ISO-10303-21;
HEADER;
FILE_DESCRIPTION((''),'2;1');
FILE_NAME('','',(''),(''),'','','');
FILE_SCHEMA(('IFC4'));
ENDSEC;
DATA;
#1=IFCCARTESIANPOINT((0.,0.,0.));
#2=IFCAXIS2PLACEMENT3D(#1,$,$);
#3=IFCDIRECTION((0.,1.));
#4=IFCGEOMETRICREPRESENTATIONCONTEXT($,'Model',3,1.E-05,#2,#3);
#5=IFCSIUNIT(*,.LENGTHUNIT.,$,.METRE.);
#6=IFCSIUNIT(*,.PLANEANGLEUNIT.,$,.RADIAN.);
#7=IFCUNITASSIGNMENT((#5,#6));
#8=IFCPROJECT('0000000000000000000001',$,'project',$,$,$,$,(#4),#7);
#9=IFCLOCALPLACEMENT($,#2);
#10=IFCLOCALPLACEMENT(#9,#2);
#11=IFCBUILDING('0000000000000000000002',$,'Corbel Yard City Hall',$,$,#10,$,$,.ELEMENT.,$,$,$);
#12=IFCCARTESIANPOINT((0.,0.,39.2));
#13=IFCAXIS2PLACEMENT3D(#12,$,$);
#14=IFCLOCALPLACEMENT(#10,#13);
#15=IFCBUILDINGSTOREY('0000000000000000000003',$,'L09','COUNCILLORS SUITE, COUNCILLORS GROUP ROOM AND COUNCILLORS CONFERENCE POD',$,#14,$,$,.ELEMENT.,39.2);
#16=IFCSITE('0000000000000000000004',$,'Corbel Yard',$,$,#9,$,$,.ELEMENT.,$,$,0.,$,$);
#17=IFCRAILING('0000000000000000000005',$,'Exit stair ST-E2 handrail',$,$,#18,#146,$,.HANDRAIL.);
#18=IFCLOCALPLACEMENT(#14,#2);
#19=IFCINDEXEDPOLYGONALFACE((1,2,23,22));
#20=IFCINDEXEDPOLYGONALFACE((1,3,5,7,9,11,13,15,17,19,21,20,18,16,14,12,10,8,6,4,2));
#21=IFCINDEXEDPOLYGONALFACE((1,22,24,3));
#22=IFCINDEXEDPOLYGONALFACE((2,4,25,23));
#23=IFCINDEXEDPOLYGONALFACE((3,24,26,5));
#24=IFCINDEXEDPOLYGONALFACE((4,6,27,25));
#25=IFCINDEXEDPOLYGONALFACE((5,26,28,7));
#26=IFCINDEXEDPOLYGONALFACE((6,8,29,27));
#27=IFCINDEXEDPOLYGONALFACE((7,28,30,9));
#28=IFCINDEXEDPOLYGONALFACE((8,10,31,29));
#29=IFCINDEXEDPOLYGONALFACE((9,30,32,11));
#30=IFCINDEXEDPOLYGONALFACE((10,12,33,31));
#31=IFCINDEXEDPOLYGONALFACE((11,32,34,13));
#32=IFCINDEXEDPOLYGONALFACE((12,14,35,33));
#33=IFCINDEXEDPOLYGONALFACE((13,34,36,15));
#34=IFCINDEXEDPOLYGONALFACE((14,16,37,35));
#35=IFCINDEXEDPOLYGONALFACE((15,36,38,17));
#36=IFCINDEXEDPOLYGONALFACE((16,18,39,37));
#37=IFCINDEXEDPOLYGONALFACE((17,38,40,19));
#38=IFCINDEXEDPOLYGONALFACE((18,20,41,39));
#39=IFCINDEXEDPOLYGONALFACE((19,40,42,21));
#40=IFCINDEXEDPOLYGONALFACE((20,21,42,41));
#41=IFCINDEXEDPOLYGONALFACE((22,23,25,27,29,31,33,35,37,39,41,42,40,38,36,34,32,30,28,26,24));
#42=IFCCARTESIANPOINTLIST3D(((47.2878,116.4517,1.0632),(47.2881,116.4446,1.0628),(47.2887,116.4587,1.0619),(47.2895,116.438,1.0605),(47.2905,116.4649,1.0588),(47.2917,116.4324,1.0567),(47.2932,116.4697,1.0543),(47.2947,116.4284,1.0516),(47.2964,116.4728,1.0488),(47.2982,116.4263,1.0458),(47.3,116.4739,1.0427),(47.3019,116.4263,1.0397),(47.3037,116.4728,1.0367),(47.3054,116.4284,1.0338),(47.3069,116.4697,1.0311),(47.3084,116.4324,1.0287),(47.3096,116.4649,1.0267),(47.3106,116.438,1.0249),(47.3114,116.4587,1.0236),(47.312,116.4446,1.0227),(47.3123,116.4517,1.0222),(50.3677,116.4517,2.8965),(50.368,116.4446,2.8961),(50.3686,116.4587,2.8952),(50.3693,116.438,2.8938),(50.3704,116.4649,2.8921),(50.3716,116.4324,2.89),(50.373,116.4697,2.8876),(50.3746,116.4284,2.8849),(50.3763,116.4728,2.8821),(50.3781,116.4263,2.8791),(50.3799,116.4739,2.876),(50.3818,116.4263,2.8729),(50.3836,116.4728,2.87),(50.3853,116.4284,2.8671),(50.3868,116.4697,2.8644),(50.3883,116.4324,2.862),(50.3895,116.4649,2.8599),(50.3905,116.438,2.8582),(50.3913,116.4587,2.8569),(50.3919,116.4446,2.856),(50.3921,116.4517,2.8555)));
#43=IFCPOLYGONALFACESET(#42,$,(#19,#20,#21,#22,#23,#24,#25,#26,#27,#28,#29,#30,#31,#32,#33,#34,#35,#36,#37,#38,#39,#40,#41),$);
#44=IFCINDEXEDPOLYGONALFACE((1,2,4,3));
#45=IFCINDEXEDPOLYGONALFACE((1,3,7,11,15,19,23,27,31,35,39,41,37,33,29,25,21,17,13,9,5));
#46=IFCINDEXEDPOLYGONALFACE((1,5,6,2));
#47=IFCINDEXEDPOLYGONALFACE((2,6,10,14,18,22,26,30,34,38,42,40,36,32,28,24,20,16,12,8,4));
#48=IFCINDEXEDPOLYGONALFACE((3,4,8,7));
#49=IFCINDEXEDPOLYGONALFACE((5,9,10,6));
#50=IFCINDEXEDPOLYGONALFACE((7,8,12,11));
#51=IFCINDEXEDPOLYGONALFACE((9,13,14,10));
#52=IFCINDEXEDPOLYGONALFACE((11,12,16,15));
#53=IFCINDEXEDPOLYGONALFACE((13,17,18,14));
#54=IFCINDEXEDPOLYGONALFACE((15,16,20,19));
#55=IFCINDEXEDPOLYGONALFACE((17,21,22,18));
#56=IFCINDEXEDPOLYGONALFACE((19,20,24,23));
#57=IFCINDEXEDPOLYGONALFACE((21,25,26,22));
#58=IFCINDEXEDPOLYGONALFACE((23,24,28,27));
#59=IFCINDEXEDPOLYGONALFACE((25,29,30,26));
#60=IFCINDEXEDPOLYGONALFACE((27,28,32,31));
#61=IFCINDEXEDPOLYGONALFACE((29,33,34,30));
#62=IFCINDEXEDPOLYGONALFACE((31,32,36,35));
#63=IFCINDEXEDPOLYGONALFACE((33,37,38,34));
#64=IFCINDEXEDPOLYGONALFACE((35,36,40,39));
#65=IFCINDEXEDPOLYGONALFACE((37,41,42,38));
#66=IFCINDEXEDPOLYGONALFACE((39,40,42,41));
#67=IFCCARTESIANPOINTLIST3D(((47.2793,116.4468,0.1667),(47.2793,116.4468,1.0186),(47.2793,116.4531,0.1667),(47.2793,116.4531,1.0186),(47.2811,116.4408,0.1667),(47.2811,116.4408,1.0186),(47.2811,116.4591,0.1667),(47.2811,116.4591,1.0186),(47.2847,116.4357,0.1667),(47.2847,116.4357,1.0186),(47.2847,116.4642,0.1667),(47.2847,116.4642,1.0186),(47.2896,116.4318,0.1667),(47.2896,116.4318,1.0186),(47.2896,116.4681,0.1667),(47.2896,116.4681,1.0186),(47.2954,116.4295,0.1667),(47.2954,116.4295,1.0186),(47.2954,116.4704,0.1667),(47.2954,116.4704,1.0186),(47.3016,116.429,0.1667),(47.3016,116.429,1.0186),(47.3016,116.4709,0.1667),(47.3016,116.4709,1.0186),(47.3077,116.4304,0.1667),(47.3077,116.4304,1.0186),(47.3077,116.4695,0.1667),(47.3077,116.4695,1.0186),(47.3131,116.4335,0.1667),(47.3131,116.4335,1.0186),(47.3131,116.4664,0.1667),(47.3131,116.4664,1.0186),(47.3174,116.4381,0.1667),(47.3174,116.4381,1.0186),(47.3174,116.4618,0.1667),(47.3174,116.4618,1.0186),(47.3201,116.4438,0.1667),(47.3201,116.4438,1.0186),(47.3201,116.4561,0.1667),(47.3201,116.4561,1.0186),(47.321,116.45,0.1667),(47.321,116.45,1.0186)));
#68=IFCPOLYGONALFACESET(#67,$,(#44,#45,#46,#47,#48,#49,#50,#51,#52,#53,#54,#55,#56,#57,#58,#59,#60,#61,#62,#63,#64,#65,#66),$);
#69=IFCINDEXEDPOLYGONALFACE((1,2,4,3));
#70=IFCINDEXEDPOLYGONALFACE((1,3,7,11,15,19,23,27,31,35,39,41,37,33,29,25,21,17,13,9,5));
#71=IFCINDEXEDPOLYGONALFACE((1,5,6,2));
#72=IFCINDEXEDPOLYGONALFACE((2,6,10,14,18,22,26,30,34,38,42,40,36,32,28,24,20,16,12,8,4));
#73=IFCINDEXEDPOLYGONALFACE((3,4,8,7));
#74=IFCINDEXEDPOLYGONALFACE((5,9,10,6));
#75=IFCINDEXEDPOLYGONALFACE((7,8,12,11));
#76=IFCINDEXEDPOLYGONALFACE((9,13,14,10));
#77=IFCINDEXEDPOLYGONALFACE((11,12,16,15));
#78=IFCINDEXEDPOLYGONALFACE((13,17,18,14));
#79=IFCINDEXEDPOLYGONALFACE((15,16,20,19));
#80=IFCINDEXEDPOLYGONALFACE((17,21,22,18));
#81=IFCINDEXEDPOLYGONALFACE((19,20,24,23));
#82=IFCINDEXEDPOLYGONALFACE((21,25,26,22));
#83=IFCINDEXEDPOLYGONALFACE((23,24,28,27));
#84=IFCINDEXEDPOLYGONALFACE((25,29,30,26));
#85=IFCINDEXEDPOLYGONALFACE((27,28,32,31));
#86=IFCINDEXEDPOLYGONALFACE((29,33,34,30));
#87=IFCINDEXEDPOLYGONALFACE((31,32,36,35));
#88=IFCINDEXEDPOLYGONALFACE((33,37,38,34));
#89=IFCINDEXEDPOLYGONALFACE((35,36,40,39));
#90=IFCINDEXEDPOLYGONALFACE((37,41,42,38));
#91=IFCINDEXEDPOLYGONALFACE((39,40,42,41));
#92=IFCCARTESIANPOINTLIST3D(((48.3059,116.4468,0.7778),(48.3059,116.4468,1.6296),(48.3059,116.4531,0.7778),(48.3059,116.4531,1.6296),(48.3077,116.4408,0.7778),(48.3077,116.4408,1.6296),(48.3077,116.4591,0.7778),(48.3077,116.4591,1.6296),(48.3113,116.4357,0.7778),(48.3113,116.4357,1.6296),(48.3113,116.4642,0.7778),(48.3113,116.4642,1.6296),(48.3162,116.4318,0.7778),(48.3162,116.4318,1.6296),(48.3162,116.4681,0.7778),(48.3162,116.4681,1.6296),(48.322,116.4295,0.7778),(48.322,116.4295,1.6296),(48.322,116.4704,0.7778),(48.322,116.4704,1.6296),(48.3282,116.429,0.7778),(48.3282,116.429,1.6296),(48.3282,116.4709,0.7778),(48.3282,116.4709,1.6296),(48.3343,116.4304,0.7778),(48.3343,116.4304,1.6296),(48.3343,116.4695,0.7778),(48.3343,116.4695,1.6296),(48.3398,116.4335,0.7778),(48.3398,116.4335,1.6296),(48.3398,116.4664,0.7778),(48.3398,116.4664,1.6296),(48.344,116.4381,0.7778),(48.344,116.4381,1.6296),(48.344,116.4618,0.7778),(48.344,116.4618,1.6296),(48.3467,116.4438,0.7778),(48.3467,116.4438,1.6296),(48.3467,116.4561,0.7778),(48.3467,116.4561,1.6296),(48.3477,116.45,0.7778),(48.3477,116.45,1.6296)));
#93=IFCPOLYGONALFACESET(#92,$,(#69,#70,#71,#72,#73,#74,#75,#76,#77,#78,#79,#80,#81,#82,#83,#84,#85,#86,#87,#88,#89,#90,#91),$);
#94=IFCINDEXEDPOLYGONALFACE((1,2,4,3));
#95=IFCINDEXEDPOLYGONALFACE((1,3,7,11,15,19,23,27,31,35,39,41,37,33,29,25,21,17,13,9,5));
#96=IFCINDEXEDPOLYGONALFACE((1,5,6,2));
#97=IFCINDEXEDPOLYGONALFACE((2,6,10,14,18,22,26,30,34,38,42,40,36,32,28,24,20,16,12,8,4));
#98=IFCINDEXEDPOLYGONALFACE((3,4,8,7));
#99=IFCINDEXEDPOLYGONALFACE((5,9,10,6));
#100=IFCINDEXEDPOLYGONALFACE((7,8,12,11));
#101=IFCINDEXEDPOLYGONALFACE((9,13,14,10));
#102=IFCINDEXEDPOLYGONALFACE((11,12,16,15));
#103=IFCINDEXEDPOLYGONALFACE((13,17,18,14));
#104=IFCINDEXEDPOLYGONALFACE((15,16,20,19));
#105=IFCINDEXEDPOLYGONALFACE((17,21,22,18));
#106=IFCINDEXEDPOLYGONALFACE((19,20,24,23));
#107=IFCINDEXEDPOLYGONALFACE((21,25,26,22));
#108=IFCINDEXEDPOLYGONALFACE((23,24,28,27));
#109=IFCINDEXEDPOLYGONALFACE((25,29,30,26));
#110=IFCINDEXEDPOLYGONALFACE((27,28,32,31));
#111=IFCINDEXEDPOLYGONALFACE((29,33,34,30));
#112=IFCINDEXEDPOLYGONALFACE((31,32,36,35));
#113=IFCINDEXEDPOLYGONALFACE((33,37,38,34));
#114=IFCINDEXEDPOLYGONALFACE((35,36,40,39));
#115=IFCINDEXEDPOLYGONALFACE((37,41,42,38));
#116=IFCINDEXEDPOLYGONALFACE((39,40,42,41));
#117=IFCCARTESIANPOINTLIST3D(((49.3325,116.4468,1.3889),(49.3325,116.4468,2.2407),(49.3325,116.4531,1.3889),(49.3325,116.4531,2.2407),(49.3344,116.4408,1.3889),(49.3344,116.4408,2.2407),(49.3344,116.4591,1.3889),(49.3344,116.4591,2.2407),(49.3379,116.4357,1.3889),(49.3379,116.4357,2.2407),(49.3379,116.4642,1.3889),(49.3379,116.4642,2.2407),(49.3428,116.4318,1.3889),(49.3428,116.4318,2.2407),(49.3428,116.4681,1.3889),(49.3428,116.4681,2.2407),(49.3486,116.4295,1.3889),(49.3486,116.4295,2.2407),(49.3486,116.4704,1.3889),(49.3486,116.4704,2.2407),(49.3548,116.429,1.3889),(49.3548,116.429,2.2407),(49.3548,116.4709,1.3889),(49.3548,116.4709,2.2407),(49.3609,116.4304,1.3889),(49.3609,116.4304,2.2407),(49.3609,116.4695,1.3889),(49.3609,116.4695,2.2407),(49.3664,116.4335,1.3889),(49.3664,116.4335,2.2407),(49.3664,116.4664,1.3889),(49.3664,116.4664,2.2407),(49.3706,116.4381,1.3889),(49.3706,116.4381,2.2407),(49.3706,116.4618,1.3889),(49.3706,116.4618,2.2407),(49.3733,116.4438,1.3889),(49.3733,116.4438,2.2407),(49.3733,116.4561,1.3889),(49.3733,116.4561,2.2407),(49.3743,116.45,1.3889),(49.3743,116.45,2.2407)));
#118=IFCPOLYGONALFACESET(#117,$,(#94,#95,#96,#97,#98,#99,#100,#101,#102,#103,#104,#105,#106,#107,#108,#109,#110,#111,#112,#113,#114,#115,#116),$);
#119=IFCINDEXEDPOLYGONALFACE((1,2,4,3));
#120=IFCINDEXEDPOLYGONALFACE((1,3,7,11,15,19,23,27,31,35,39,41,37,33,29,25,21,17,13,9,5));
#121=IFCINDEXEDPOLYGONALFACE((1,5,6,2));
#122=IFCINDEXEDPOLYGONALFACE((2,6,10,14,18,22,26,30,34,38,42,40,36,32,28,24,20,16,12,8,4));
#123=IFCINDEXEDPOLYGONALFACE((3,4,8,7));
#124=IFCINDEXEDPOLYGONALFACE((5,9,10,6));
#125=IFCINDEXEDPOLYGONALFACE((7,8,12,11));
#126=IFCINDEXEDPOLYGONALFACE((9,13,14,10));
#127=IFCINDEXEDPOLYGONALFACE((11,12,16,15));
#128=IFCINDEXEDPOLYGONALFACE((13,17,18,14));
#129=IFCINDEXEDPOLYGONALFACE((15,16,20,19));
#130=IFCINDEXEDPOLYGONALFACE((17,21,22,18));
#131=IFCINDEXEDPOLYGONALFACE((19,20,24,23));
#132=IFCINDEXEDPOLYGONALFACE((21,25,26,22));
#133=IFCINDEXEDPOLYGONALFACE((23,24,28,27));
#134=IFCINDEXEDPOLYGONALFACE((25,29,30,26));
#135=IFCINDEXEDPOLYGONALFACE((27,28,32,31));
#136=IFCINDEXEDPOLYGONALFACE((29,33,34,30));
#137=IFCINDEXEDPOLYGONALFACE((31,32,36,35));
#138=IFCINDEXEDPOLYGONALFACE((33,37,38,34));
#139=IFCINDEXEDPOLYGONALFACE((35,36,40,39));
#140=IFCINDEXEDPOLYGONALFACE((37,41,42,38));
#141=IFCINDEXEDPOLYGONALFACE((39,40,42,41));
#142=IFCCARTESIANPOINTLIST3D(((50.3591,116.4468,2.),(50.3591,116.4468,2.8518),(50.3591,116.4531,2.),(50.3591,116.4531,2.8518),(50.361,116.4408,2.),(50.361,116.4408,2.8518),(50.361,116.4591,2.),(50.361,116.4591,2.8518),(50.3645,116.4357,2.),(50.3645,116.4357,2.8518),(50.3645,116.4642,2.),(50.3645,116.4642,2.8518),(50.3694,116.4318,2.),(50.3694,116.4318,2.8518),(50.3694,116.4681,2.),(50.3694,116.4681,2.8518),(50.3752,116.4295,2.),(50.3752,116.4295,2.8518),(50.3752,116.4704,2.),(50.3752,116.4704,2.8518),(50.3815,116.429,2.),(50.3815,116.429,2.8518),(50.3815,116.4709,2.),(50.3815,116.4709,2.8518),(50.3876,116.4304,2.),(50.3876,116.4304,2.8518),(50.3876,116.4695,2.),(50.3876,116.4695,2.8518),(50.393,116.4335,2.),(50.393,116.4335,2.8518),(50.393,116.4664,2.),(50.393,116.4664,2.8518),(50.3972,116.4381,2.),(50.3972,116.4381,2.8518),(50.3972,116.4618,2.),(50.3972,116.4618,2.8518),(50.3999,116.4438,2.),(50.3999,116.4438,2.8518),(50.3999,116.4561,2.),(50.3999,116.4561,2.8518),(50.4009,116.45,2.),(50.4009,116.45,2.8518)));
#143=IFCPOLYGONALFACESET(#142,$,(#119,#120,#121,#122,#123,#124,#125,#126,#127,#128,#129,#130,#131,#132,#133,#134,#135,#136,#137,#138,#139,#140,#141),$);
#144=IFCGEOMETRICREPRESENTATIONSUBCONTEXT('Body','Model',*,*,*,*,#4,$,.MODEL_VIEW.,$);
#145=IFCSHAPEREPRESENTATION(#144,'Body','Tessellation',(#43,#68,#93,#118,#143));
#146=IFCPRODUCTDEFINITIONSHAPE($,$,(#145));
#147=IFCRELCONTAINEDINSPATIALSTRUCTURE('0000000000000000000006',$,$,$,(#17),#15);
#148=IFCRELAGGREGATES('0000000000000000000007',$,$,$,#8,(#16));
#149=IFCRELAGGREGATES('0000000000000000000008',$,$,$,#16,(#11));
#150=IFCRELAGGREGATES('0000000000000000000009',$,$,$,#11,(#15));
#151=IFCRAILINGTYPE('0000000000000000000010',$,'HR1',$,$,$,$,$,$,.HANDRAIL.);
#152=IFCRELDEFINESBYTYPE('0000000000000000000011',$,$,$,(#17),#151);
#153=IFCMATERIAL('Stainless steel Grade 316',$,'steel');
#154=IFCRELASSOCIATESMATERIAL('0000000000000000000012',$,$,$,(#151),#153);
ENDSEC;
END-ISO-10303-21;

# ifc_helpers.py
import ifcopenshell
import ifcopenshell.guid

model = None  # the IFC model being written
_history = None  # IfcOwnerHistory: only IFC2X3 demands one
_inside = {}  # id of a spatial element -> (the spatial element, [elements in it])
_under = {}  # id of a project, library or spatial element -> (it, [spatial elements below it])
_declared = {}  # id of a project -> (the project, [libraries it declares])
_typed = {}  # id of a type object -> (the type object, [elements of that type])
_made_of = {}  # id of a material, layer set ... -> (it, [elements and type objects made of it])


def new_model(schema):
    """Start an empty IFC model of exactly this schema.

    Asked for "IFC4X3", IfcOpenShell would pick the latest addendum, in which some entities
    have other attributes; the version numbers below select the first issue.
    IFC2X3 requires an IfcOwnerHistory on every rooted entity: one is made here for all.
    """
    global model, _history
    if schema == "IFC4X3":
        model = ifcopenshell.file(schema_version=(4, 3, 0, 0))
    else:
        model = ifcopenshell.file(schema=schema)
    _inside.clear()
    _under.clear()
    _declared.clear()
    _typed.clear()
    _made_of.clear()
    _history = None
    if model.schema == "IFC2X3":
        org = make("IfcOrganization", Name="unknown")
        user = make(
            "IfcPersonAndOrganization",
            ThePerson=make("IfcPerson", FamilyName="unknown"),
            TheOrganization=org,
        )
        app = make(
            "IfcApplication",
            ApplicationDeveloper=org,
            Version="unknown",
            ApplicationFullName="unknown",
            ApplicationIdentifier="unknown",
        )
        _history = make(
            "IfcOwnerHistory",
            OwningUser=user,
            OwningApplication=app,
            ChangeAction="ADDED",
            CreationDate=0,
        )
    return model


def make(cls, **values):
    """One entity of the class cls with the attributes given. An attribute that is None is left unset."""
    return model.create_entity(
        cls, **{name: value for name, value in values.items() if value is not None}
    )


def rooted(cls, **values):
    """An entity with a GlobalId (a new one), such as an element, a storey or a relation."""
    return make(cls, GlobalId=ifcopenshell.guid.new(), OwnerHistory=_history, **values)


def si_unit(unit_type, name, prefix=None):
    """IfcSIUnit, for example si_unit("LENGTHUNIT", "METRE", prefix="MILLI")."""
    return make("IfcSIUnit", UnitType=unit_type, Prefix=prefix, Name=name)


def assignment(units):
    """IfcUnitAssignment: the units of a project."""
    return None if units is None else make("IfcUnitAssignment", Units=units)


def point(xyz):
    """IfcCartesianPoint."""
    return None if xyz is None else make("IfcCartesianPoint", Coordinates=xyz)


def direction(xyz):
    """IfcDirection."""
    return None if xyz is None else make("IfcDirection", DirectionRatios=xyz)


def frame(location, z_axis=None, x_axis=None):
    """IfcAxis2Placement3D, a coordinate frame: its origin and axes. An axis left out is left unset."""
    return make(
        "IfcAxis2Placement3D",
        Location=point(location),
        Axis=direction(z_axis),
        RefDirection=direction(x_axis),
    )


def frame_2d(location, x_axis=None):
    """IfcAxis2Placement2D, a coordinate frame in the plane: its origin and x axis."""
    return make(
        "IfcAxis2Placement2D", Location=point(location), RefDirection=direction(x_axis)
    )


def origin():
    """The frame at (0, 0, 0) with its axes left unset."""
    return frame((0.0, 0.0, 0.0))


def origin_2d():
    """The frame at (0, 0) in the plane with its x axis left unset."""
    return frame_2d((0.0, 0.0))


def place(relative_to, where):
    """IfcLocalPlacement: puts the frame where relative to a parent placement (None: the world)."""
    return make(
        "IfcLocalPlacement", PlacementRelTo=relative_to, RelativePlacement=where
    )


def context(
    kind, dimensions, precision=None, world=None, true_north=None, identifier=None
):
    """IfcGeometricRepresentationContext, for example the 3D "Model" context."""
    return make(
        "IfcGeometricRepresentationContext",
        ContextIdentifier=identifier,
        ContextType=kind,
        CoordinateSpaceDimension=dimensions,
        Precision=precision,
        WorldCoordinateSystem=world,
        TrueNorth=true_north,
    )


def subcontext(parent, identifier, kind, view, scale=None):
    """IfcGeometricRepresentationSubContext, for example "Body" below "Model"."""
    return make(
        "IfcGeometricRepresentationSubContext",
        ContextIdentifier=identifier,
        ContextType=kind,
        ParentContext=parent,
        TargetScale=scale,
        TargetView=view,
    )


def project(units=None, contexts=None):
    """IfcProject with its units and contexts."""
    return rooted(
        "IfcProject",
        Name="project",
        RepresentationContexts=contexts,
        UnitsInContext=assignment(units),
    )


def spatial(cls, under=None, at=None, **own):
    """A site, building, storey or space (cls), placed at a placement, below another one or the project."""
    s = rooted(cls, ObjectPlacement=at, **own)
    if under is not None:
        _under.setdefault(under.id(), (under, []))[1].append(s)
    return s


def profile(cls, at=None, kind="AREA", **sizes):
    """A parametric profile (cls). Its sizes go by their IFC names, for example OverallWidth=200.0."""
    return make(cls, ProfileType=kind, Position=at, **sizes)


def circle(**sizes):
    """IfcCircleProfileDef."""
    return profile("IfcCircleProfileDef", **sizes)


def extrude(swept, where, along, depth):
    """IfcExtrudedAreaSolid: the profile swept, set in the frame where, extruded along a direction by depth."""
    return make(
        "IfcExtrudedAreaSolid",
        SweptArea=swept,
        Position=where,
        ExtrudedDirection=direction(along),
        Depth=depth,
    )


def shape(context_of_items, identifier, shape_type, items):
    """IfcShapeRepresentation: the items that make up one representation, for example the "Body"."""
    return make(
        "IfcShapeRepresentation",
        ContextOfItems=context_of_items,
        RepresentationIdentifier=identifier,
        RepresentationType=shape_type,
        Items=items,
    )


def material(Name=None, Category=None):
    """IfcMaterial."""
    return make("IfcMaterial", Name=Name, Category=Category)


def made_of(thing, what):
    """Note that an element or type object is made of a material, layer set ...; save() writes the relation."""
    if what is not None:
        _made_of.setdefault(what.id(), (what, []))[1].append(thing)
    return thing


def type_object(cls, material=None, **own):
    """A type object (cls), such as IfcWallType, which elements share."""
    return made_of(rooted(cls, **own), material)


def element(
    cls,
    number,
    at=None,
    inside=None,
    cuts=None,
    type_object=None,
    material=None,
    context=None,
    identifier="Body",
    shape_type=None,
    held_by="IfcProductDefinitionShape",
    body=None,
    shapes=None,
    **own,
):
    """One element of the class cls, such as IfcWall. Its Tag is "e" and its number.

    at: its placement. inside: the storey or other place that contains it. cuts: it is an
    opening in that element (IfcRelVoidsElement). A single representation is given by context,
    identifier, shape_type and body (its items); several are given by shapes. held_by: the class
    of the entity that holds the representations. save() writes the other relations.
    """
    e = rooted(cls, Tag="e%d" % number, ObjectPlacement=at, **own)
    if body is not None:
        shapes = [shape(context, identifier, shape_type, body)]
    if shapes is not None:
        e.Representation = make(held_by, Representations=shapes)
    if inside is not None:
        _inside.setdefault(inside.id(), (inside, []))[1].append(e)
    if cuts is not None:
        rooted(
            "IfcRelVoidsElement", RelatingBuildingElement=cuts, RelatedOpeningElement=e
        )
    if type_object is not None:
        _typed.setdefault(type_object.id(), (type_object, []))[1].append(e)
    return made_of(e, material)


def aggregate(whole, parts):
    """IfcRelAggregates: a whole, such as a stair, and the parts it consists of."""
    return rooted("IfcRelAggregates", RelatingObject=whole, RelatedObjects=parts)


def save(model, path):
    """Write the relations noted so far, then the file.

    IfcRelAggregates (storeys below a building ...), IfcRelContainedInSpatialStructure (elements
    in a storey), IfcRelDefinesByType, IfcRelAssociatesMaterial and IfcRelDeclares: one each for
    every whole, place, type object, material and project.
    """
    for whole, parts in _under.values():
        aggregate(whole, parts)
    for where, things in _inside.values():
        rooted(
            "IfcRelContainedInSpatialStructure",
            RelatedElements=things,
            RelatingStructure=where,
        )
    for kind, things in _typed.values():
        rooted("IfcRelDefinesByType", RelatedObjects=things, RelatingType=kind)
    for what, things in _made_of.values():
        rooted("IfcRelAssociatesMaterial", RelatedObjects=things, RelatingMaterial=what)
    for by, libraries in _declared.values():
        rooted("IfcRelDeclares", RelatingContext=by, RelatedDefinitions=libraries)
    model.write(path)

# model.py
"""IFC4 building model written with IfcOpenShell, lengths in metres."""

from ifc_helpers import new_model, si_unit, direction, frame, origin, origin_2d, place, context, subcontext, project, spatial, circle, extrude, material, type_object, element, save


model = new_model("IFC4")

# Units and contexts
model_context = context("Model", 3, precision=1e-05, world=origin(), true_north=direction((0.0, 1.0)))
body_context = subcontext(model_context, "Body", "Model", "MODEL_VIEW")
ifc_project = project(units=[si_unit("LENGTHUNIT", "METRE"), si_unit("PLANEANGLEUNIT", "RADIAN")], contexts=[model_context])

# Site, building, storey
site_placement = place(None, origin())
site = spatial("IfcSite", under=ifc_project, at=site_placement, Name="Corbel Yard", CompositionType="ELEMENT", RefElevation=0.0)
building_placement = place(site_placement, origin())
building = spatial("IfcBuilding", under=site, at=building_placement, Name="Corbel Yard City Hall", CompositionType="ELEMENT")
storey_placement = place(building_placement, frame((0.0, 0.0, 39.2)))
storey = spatial("IfcBuildingStorey", under=building, at=storey_placement, Name="L09", Description="COUNCILLORS SUITE, COUNCILLORS GROUP ROOM AND COUNCILLORS CONFERENCE POD", CompositionType="ELEMENT", Elevation=39.2)

# Shared definitions
ifc_material_1 = material(Name="Stainless steel Grade 316", Category="steel")

# Railing
railing_type = type_object("IfcRailingType", Name="HR1", PredefinedType="HANDRAIL", material=ifc_material_1)
for number, where, name in (
    (1, (47.3, 116.45, 0.1667), "Exit stair ST-E2 handrail"),
):
    element("IfcRailing", number, at=place(storey_placement, frame(where)), inside=storey, type_object=railing_type, Name=name, PredefinedType="HANDRAIL", context=body_context, shape_type="SweptSolid", body=[
        extrude(circle(Radius=0.0239, at=origin_2d()), frame((0.0, 0.0, 0.876), z_axis=(0.859291, 0.0, 0.511487), x_axis=(0.0, 1.0, 0.0)), (0.0, 0.0, 1.0), 3.5842),
        extrude(circle(Radius=0.021, at=origin_2d()), origin(), (0.0, 0.0, 1.0), 0.8518),
        extrude(circle(Radius=0.021, at=origin_2d()), frame((1.0266, 0.0, 0.6111)), (0.0, 0.0, 1.0), 0.8518),
        extrude(circle(Radius=0.021, at=origin_2d()), frame((2.0532, 0.0, 1.2222)), (0.0, 0.0, 1.0), 0.8518),
        extrude(circle(Radius=0.021, at=origin_2d()), frame((3.0798, 0.0, 1.8333)), (0.0, 0.0, 1.0), 0.8518),
    ])

save(model, "model.ifc")
